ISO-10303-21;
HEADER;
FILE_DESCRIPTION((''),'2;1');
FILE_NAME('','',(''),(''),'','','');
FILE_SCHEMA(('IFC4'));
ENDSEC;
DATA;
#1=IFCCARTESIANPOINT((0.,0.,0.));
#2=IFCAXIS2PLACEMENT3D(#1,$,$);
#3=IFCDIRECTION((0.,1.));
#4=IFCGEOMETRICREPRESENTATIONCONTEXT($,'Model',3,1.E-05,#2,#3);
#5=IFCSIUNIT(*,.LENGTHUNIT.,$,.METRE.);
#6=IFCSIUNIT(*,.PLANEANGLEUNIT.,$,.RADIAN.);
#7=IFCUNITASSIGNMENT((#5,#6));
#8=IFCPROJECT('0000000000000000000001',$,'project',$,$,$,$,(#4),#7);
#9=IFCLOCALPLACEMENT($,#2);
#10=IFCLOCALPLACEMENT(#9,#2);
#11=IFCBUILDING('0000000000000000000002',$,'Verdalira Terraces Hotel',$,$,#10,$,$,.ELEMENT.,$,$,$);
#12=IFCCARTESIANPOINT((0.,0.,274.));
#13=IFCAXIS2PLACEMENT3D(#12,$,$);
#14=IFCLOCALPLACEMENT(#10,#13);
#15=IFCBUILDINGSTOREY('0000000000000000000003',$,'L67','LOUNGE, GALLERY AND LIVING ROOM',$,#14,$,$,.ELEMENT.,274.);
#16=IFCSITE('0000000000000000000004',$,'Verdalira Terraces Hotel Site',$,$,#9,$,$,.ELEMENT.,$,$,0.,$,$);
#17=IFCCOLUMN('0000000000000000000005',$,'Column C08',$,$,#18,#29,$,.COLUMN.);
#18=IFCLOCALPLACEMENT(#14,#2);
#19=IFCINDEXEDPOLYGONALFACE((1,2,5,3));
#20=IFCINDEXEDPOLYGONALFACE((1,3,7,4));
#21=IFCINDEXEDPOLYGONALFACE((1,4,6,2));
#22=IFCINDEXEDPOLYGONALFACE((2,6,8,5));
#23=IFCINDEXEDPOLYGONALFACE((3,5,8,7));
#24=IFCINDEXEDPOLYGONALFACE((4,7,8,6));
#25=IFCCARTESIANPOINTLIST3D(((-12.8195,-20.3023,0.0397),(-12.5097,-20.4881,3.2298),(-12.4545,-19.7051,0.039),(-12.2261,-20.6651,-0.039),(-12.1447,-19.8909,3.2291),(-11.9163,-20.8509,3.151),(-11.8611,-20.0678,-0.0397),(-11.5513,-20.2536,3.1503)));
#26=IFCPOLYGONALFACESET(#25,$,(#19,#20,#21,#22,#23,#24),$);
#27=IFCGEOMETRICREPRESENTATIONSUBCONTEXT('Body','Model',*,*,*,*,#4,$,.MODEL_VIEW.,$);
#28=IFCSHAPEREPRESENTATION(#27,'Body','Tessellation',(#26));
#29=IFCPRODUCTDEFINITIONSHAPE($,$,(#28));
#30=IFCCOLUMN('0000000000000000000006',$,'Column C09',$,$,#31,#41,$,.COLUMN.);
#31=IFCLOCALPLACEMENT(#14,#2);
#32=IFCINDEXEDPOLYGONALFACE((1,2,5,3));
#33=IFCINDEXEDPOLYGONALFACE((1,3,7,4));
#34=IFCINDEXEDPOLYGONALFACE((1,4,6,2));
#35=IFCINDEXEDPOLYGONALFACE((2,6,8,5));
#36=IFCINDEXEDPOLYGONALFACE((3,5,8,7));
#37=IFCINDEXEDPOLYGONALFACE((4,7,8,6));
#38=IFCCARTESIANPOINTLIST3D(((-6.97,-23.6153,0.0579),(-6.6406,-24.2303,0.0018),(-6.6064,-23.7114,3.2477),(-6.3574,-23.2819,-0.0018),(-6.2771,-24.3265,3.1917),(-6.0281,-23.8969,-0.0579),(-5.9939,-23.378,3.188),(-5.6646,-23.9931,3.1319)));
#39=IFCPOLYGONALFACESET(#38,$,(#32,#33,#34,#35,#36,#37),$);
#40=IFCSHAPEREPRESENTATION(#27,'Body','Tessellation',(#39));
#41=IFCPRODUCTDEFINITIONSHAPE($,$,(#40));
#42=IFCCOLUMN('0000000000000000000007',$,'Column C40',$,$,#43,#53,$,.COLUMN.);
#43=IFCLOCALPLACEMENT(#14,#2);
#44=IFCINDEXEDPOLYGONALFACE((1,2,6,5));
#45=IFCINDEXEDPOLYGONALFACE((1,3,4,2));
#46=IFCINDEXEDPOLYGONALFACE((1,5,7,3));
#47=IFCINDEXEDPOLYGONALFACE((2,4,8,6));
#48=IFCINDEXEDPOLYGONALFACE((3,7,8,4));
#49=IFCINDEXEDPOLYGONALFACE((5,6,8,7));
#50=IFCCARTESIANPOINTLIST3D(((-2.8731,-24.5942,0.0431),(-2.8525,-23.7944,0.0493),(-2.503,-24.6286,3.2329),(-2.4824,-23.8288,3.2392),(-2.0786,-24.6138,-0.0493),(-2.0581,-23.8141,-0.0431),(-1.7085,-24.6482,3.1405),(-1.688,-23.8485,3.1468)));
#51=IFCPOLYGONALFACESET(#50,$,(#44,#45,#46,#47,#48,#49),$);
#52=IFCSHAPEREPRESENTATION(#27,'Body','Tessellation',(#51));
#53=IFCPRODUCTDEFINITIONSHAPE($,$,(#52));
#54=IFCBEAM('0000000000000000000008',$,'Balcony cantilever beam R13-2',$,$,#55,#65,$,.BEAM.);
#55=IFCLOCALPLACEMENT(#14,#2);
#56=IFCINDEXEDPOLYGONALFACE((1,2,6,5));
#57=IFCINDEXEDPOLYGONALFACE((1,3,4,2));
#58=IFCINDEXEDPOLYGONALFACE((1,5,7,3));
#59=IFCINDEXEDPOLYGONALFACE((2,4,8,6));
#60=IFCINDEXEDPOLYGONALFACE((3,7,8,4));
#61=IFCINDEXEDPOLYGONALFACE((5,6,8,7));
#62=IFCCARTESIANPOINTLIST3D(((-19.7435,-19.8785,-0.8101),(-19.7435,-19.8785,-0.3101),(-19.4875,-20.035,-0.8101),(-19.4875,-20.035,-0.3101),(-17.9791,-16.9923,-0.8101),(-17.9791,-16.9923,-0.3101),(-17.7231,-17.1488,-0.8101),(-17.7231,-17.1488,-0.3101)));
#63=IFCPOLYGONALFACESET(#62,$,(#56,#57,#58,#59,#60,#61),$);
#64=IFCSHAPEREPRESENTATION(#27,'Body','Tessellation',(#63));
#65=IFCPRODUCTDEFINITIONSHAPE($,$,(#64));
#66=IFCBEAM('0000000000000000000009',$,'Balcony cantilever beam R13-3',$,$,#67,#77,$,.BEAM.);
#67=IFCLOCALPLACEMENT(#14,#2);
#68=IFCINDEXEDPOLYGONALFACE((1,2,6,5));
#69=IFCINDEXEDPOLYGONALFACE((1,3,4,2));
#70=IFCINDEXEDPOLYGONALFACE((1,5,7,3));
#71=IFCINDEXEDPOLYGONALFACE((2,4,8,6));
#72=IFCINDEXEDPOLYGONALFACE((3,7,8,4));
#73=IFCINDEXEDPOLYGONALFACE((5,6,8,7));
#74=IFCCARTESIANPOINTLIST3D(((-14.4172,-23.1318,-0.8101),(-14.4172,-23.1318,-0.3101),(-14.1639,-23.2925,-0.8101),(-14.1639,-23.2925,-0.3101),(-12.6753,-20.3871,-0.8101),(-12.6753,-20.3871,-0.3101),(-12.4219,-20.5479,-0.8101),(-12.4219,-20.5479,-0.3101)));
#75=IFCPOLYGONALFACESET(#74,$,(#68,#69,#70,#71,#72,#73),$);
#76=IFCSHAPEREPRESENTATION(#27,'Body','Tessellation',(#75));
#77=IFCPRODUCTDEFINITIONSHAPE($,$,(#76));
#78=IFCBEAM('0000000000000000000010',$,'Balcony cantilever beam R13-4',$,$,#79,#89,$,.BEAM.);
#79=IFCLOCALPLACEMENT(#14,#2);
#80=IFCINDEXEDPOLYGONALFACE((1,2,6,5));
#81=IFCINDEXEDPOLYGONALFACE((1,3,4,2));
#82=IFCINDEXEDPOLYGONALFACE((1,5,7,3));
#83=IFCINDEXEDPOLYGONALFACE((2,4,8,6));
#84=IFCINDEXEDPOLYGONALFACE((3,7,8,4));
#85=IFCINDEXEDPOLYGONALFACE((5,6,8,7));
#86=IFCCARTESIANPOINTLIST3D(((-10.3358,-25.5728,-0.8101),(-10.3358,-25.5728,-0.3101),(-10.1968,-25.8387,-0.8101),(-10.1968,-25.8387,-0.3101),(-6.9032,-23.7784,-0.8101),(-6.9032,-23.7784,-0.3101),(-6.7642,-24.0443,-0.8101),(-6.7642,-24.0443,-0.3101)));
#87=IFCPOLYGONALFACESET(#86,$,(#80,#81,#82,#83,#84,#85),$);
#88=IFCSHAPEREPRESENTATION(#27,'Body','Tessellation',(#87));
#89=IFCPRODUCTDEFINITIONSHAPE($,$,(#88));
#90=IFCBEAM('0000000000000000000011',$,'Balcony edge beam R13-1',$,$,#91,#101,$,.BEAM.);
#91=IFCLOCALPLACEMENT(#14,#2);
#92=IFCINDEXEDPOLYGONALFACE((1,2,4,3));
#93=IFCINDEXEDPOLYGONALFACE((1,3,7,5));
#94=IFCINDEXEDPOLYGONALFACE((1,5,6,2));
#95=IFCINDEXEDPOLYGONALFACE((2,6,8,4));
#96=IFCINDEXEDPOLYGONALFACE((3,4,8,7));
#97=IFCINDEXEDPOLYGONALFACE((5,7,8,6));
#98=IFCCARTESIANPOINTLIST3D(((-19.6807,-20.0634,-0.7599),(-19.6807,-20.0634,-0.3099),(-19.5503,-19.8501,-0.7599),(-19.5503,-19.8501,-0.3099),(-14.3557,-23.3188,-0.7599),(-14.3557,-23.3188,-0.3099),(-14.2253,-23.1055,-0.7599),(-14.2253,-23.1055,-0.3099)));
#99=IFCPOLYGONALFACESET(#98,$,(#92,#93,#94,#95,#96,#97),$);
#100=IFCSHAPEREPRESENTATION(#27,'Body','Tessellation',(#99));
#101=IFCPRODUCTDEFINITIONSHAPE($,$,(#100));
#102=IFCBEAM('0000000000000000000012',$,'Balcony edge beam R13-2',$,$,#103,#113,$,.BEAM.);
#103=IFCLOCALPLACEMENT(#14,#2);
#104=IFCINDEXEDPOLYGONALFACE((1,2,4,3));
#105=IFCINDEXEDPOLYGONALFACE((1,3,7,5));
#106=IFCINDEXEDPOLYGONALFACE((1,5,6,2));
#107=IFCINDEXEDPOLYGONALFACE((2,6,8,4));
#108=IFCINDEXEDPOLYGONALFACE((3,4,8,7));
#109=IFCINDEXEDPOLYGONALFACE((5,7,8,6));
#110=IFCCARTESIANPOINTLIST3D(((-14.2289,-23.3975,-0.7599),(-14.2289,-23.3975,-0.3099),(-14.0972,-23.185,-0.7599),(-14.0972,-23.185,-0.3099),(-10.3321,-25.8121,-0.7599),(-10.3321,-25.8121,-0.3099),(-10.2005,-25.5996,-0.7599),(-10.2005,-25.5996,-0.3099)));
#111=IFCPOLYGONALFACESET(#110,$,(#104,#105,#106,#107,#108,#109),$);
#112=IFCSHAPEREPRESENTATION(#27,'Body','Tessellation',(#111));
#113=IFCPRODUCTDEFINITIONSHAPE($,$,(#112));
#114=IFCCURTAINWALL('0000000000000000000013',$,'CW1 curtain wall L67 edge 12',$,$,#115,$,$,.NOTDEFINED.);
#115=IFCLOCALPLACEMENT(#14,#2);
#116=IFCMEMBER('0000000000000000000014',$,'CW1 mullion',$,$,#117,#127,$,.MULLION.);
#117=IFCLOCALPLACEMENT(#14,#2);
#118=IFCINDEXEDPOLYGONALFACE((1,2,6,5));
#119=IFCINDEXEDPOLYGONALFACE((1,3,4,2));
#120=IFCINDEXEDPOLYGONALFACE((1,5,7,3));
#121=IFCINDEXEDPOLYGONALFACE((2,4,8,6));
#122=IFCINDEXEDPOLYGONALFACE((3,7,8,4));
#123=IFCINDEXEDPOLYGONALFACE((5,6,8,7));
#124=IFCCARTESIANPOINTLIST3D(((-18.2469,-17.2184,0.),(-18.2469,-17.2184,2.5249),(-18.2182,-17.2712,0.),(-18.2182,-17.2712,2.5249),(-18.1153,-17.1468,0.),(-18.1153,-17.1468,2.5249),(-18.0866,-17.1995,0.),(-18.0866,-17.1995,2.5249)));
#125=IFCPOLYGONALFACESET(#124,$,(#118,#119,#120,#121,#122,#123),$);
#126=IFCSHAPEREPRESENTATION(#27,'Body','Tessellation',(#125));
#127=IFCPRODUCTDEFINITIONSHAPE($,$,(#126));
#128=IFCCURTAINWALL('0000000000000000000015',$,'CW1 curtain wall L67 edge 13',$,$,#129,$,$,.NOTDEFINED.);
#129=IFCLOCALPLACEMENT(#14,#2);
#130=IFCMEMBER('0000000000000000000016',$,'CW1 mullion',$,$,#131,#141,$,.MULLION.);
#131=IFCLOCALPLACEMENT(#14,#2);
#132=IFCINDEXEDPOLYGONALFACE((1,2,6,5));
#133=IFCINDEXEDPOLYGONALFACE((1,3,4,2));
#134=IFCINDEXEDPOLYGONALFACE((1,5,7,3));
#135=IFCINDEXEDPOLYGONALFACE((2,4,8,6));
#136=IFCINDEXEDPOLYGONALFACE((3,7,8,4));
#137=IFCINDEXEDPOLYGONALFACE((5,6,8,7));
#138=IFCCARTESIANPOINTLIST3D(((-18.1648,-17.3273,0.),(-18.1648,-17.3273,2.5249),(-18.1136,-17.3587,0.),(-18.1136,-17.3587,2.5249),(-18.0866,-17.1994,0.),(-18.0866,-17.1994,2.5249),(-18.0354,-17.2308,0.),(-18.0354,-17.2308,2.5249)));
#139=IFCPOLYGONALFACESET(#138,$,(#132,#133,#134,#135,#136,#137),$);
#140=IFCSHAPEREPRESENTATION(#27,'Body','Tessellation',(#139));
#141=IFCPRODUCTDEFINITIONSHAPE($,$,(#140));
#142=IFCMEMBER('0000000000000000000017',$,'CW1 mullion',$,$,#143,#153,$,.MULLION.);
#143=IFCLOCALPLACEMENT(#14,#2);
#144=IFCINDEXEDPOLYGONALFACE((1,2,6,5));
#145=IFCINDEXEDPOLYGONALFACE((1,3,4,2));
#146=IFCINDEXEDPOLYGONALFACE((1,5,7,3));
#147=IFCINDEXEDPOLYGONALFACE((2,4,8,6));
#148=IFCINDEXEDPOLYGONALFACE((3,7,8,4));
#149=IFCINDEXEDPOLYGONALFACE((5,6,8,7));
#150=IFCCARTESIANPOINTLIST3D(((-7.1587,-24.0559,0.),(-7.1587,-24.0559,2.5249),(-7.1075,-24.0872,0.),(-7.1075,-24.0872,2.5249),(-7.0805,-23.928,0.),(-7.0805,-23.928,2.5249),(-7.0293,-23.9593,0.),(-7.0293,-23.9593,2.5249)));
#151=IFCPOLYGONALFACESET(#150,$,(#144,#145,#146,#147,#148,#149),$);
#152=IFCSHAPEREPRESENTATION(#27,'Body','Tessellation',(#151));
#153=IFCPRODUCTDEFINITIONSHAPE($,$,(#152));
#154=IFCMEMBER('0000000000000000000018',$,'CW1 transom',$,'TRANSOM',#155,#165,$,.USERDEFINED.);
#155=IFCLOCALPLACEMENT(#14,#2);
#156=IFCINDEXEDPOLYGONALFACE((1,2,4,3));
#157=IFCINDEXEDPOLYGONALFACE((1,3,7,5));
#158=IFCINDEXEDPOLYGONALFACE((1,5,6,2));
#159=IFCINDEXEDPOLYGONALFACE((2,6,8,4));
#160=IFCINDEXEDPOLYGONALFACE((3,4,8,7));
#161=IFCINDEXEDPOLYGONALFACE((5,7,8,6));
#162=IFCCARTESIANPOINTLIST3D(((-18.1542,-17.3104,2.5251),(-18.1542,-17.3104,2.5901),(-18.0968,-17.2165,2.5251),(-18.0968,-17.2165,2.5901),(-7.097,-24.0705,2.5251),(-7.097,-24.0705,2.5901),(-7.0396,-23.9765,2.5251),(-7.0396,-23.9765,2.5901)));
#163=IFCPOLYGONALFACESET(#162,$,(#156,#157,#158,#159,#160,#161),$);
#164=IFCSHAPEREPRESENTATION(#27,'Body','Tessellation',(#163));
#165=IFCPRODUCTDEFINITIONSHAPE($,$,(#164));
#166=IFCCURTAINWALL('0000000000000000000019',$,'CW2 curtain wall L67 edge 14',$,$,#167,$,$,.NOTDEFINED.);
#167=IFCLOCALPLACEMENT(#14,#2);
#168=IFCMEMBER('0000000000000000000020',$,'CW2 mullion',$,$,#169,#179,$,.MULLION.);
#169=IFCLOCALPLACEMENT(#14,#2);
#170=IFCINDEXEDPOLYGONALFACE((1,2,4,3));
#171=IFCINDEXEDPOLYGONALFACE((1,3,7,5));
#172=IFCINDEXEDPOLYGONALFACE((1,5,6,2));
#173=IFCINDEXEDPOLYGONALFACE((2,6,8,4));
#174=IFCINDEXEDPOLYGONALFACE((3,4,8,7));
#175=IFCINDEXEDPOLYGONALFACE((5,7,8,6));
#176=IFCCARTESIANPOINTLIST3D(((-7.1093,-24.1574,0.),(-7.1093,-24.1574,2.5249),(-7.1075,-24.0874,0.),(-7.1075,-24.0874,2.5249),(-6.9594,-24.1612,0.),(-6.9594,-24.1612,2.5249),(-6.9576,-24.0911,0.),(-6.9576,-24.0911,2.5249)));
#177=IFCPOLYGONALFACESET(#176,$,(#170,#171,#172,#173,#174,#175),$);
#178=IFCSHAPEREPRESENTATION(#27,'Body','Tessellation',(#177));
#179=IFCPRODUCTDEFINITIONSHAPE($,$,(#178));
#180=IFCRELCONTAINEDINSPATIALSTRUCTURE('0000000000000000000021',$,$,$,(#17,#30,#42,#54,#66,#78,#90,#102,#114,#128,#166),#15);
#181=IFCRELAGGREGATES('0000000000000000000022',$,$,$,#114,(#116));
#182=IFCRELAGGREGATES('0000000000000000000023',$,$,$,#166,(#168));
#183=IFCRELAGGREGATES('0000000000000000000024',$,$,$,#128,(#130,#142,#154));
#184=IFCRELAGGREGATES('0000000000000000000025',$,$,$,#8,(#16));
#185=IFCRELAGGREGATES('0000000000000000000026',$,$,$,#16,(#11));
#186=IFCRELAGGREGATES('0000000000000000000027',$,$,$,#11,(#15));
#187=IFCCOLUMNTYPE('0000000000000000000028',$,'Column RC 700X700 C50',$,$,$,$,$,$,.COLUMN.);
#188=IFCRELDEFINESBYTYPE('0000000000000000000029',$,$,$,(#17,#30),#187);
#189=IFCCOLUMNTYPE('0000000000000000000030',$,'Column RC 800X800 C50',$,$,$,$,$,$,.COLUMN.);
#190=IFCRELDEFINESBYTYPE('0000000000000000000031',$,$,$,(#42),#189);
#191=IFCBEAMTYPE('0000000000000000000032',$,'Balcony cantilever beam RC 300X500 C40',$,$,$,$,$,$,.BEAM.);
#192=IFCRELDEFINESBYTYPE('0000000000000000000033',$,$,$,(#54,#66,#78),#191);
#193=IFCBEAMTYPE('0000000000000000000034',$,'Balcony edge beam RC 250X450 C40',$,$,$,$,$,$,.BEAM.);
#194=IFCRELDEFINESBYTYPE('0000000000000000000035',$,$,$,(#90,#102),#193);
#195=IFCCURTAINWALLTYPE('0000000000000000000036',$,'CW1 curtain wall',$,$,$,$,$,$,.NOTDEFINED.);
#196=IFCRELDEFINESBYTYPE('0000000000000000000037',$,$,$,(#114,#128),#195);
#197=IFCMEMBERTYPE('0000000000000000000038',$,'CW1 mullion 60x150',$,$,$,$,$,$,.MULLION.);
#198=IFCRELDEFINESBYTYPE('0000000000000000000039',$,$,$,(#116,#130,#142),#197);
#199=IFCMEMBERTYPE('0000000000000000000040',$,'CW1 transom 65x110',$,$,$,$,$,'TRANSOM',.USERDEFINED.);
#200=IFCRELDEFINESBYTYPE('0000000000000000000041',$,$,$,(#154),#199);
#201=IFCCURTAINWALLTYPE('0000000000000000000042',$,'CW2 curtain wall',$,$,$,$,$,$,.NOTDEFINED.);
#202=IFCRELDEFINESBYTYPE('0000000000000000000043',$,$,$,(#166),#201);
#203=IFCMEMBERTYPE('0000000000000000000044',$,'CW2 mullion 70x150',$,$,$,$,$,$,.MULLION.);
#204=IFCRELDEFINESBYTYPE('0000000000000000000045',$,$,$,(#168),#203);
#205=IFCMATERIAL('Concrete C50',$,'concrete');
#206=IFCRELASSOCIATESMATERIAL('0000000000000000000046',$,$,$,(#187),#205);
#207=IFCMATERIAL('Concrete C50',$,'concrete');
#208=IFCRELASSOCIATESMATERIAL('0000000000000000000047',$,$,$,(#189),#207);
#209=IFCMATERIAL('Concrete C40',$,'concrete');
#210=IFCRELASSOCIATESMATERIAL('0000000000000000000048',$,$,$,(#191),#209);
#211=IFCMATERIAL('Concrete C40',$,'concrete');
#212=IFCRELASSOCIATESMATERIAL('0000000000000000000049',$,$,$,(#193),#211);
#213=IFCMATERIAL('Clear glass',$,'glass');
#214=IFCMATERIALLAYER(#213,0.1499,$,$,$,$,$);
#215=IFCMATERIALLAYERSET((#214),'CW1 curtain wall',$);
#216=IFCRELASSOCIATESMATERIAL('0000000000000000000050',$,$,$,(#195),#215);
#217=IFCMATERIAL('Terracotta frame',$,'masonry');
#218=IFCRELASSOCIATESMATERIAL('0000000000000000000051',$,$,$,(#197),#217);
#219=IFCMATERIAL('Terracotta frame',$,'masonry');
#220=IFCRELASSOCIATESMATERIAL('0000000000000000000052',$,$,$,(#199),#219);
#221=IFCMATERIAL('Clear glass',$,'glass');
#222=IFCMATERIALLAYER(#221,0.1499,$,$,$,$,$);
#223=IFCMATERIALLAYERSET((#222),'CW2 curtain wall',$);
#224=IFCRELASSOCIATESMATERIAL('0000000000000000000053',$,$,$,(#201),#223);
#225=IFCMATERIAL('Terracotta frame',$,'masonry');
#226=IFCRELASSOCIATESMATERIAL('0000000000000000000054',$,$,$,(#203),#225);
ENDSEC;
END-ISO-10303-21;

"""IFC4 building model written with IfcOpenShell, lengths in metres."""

from ifc_helpers import new_model, si_unit, direction, frame, origin, origin_2d, place, context, subcontext, project, spatial, rectangle, extrude, material, layer, layer_set, material_profile, profile_set, type_object, element, aggregate, save


model = new_model("IFC4")

# Units and contexts
model_context = context("Model", 3, precision=1e-05, world=origin(), true_north=direction((0.0, 1.0)))
body_context = subcontext(model_context, "Body", "Model", "MODEL_VIEW")
ifc_project = project(units=[si_unit("LENGTHUNIT", "METRE"), si_unit("PLANEANGLEUNIT", "RADIAN")], contexts=[model_context])

# Site, building, storey
site_placement = place(None, origin())
site = spatial("IfcSite", under=ifc_project, at=site_placement, Name="Verdalira Terraces Hotel Site", CompositionType="ELEMENT", RefElevation=0.0)
building_placement = place(site_placement, origin())
building = spatial("IfcBuilding", under=site, at=building_placement, Name="Verdalira Terraces Hotel", CompositionType="ELEMENT")
storey_placement = place(building_placement, frame((0.0, 0.0, 274.0)))
storey = spatial("IfcBuildingStorey", under=building, at=storey_placement, Name="L67", Description="LOUNGE, GALLERY AND LIVING ROOM", CompositionType="ELEMENT", Elevation=274.0)

# Columns
ifc_material_1 = material(Name="Concrete C50", Category="concrete")
ifc_material_profile_1 = material_profile(ifc_material_1, rectangle(XDim=0.7, YDim=0.7, at=origin_2d()), Name="RC 700X700")
ifc_profile_set_1 = profile_set([ifc_material_profile_1], Name="Concrete C50")
column_type_1 = type_object("IfcColumnType", Name="Column RC 700X700 C50", PredefinedType="COLUMN", material=ifc_profile_set_1)
column_1_placement = place(storey_placement, frame((-12.3403, -20.1851, 0.0), z_axis=(0.096505, -0.057873, 0.993649), x_axis=(0.847798, -0.518243, -0.112524)))
element("IfcColumn", 1, at=column_1_placement, inside=storey, type_object=column_type_1, Name="Column C08", PredefinedType="COLUMN", context=body_context, shape_type="SweptSolid", body=[
    extrude(rectangle(XDim=0.7, YDim=0.7, at=origin_2d()), origin(), (0.0, 0.0, 1.0), 3.2104),
])
column_2_placement = place(storey_placement, frame((-6.499, -23.7561, 0.0), z_axis=(0.113176, -0.029947, 0.993124), x_axis=(-0.470487, 0.878762, 0.080115)))
element("IfcColumn", 2, at=column_2_placement, inside=storey, type_object=column_type_1, Name="Column C09", PredefinedType="COLUMN", context=body_context, shape_type="SweptSolid", body=[
    extrude(rectangle(XDim=0.7, YDim=0.7, at=origin_2d()), origin(), (0.0, 0.0, 1.0), 3.2119),
])
ifc_material_2 = material(Name="Concrete C50", Category="concrete")
ifc_material_profile_2 = material_profile(ifc_material_2, rectangle(XDim=0.8, YDim=0.8, at=origin_2d()), Name="RC 800X800")
ifc_profile_set_2 = profile_set([ifc_material_profile_2], Name="Concrete C50")
column_type_2 = type_object("IfcColumnType", Name="Column RC 800X800 C50", PredefinedType="COLUMN", material=ifc_profile_set_2)
column_3_placement = place(storey_placement, frame((-2.4656, -24.2041, 0.0), z_axis=(0.115247, -0.010719, 0.993279), x_axis=(-0.025644, -0.999641, -0.007812)))
element("IfcColumn", 3, at=column_3_placement, inside=storey, type_object=column_type_2, Name="Column C40", PredefinedType="COLUMN", context=body_context, shape_type="SweptSolid", body=[
    extrude(rectangle(XDim=0.8, YDim=0.8, at=origin_2d()), origin(), (0.0, 0.0, 1.0), 3.2114),
])

# Beams
ifc_material_3 = material(Name="Concrete C40", Category="concrete")
ifc_material_profile_3 = material_profile(ifc_material_3, rectangle(XDim=0.3, YDim=0.5, at=origin_2d()), Name="RC 300X500")
ifc_profile_set_3 = profile_set([ifc_material_profile_3], Name="Concrete C40")
beam_type_1 = type_object("IfcBeamType", Name="Balcony cantilever beam RC 300X500 C40", PredefinedType="BEAM", material=ifc_profile_set_3)
beam_1_placement = place(storey_placement, frame((-17.8511, -17.0706, -0.5601), z_axis=(-0.521578, -0.853203, 0.0), x_axis=(0.853203, -0.521578, 0.0)))
element("IfcBeam", 4, at=beam_1_placement, inside=storey, type_object=beam_type_1, Name="Balcony cantilever beam R13-2", PredefinedType="BEAM", context=body_context, shape_type="SweptSolid", body=[
    extrude(rectangle(XDim=0.3, YDim=0.5, at=origin_2d()), origin(), (0.0, 0.0, 1.0), 3.3828),
])
beam_2_placement = place(storey_placement, frame((-12.5486, -20.4675, -0.5601), z_axis=(-0.535859, -0.844307, 0.0), x_axis=(0.844307, -0.535859, 0.0)))
element("IfcBeam", 5, at=beam_2_placement, inside=storey, type_object=beam_type_1, Name="Balcony cantilever beam R13-3", PredefinedType="BEAM", context=body_context, shape_type="SweptSolid", body=[
    extrude(rectangle(XDim=0.3, YDim=0.5, at=origin_2d()), origin(), (0.0, 0.0, 1.0), 3.2507),
])
beam_3_placement = place(storey_placement, frame((-6.8337, -23.9114, -0.5601), z_axis=(-0.886214, -0.463277, 0.0), x_axis=(0.463277, -0.886214, 0.0)))
element("IfcBeam", 6, at=beam_3_placement, inside=storey, type_object=beam_type_1, Name="Balcony cantilever beam R13-4", PredefinedType="BEAM", context=body_context, shape_type="SweptSolid", body=[
    extrude(rectangle(XDim=0.3, YDim=0.5, at=origin_2d()), origin(), (0.0, 0.0, 1.0), 3.8733),
])
ifc_material_4 = material(Name="Concrete C40", Category="concrete")
ifc_material_profile_4 = material_profile(ifc_material_4, rectangle(XDim=0.25, YDim=0.45, at=origin_2d()), Name="RC 250X450")
ifc_profile_set_4 = profile_set([ifc_material_profile_4], Name="Concrete C40")
beam_type_2 = type_object("IfcBeamType", Name="Balcony edge beam RC 250X450 C40", PredefinedType="BEAM", material=ifc_profile_set_4)
beam_4_placement = place(storey_placement, frame((-19.6155, -19.9568, -0.5349), z_axis=(0.853194, -0.521594, 0.0), x_axis=(0.521594, 0.853194, 0.0)))
element("IfcBeam", 7, at=beam_4_placement, inside=storey, type_object=beam_type_2, Name="Balcony edge beam R13-1", PredefinedType="BEAM", context=body_context, shape_type="SweptSolid", body=[
    extrude(rectangle(XDim=0.25, YDim=0.45, at=origin_2d()), origin(), (0.0, 0.0, 1.0), 6.2412),
])
beam_5_placement = place(storey_placement, frame((-14.1631, -23.2913, -0.5349), z_axis=(0.850041, -0.526716, 0.0), x_axis=(0.526716, 0.850041, 0.0)))
element("IfcBeam", 8, at=beam_5_placement, inside=storey, type_object=beam_type_2, Name="Balcony edge beam R13-2", PredefinedType="BEAM", context=body_context, shape_type="SweptSolid", body=[
    extrude(rectangle(XDim=0.25, YDim=0.45, at=origin_2d()), origin(), (0.0, 0.0, 1.0), 4.5842),
])

# Curtain wall, member
ifc_material_5 = material(Name="Clear glass", Category="glass")
ifc_layer_1 = layer(ifc_material_5, 0.1499)
ifc_layer_set_1 = layer_set([ifc_layer_1], Name="CW1 curtain wall")
curtain_wall_type_1 = type_object("IfcCurtainWallType", Name="CW1 curtain wall", PredefinedType="NOTDEFINED", material=ifc_layer_set_1)
curtain_wall_1_placement = place(storey_placement, origin())
curtain_wall_1 = element("IfcCurtainWall", 9, at=curtain_wall_1_placement, inside=storey, type_object=curtain_wall_type_1, Name="CW1 curtain wall L67 edge 12", PredefinedType="NOTDEFINED")
ifc_material_6 = material(Name="Terracotta frame", Category="masonry")
ifc_material_profile_5 = material_profile(ifc_material_6, rectangle(XDim=0.0601, YDim=0.1499, at=origin_2d()), Name="MU 60x150")
ifc_profile_set_5 = profile_set([ifc_material_profile_5], Name="Terracotta frame")
member_type_1 = type_object("IfcMemberType", Name="CW1 mullion 60x150", PredefinedType="MULLION", material=ifc_profile_set_5)
member_1_placement = place(storey_placement, frame((-18.1667, -17.209, 0.0), z_axis=(0.0, 0.0, 1.0), x_axis=(0.478079, -0.878317, 0.0)))
member_1 = element("IfcMember", 10, at=member_1_placement, type_object=member_type_1, Name="CW1 mullion", PredefinedType="MULLION", context=body_context, shape_type="SweptSolid", body=[
    extrude(rectangle(XDim=0.0601, YDim=0.1499, at=origin_2d()), origin(), (0.0, 0.0, 1.0), 2.5249),
])
aggregate(curtain_wall_1, [member_1])

# Curtain walls, members
curtain_wall_2_placement = place(storey_placement, origin())
curtain_wall_2 = element("IfcCurtainWall", 11, at=curtain_wall_2_placement, inside=storey, type_object=curtain_wall_type_1, Name="CW1 curtain wall L67 edge 13", PredefinedType="NOTDEFINED")
member_2_placement = place(storey_placement, frame((-18.1001, -17.2791, 0.0), z_axis=(0.0, 0.0, 1.0), x_axis=(0.853187, -0.521605, 0.0)))
member_2 = element("IfcMember", 12, at=member_2_placement, type_object=member_type_1, Name="CW1 mullion", PredefinedType="MULLION", context=body_context, shape_type="SweptSolid", body=[
    extrude(rectangle(XDim=0.0601, YDim=0.1499, at=origin_2d()), origin(), (0.0, 0.0, 1.0), 2.5249),
])
member_3_placement = place(storey_placement, frame((-7.094, -24.0076, 0.0), z_axis=(0.0, 0.0, 1.0), x_axis=(0.853187, -0.521605, 0.0)))
member_3 = element("IfcMember", 13, at=member_3_placement, type_object=member_type_1, Name="CW1 mullion", PredefinedType="MULLION", context=body_context, shape_type="SweptSolid", body=[
    extrude(rectangle(XDim=0.0601, YDim=0.1499, at=origin_2d()), origin(), (0.0, 0.0, 1.0), 2.5249),
])
ifc_material_7 = material(Name="Terracotta frame", Category="masonry")
ifc_material_profile_6 = material_profile(ifc_material_7, rectangle(XDim=0.1101, YDim=0.0649, at=origin_2d()), Name="TR 65x110")
ifc_profile_set_6 = profile_set([ifc_material_profile_6], Name="Terracotta frame")
member_type_2 = type_object("IfcMemberType", Name="CW1 transom 65x110", ElementType="TRANSOM", PredefinedType="USERDEFINED", material=ifc_profile_set_6)
member_4_placement = place(storey_placement, frame((-18.1255, -17.2634, 2.5576), z_axis=(0.853183, -0.521612, 0.0), x_axis=(0.521612, 0.853183, 0.0)))
member_4 = element("IfcMember", 14, at=member_4_placement, type_object=member_type_2, Name="CW1 transom", ObjectType="TRANSOM", PredefinedType="USERDEFINED", context=body_context, shape_type="SweptSolid", body=[
    extrude(rectangle(XDim=0.1101, YDim=0.0649, at=origin_2d()), origin(), (0.0, 0.0, 1.0), 12.96),
])
ifc_material_8 = material(Name="Clear glass", Category="glass")
ifc_layer_2 = layer(ifc_material_8, 0.1499)
ifc_layer_set_2 = layer_set([ifc_layer_2], Name="CW2 curtain wall")
curtain_wall_type_2 = type_object("IfcCurtainWallType", Name="CW2 curtain wall", PredefinedType="NOTDEFINED", material=ifc_layer_set_2)
curtain_wall_3_placement = place(storey_placement, origin())
curtain_wall_3 = element("IfcCurtainWall", 15, at=curtain_wall_3_placement, inside=storey, type_object=curtain_wall_type_2, Name="CW2 curtain wall L67 edge 14", PredefinedType="NOTDEFINED")
ifc_material_9 = material(Name="Terracotta frame", Category="masonry")
ifc_material_profile_7 = material_profile(ifc_material_9, rectangle(XDim=0.0701, YDim=0.1499, at=origin_2d()), Name="MU 70x150")
ifc_profile_set_7 = profile_set([ifc_material_profile_7], Name="Terracotta frame")
member_type_3 = type_object("IfcMemberType", Name="CW2 mullion 70x150", PredefinedType="MULLION", material=ifc_profile_set_7)
member_5_placement = place(storey_placement, frame((-7.0334, -24.1243, 0.0), z_axis=(0.0, 0.0, 1.0), x_axis=(-0.02513, -0.999684, 0.0)))
member_5 = element("IfcMember", 16, at=member_5_placement, type_object=member_type_3, Name="CW2 mullion", PredefinedType="MULLION", context=body_context, shape_type="SweptSolid", body=[
    extrude(rectangle(XDim=0.0701, YDim=0.1499, at=origin_2d()), origin(), (0.0, 0.0, 1.0), 2.5249),
])
aggregate(curtain_wall_3, [member_5])

aggregate(curtain_wall_2, [member_2, member_3, member_4])

save(model, "model.ifc")
